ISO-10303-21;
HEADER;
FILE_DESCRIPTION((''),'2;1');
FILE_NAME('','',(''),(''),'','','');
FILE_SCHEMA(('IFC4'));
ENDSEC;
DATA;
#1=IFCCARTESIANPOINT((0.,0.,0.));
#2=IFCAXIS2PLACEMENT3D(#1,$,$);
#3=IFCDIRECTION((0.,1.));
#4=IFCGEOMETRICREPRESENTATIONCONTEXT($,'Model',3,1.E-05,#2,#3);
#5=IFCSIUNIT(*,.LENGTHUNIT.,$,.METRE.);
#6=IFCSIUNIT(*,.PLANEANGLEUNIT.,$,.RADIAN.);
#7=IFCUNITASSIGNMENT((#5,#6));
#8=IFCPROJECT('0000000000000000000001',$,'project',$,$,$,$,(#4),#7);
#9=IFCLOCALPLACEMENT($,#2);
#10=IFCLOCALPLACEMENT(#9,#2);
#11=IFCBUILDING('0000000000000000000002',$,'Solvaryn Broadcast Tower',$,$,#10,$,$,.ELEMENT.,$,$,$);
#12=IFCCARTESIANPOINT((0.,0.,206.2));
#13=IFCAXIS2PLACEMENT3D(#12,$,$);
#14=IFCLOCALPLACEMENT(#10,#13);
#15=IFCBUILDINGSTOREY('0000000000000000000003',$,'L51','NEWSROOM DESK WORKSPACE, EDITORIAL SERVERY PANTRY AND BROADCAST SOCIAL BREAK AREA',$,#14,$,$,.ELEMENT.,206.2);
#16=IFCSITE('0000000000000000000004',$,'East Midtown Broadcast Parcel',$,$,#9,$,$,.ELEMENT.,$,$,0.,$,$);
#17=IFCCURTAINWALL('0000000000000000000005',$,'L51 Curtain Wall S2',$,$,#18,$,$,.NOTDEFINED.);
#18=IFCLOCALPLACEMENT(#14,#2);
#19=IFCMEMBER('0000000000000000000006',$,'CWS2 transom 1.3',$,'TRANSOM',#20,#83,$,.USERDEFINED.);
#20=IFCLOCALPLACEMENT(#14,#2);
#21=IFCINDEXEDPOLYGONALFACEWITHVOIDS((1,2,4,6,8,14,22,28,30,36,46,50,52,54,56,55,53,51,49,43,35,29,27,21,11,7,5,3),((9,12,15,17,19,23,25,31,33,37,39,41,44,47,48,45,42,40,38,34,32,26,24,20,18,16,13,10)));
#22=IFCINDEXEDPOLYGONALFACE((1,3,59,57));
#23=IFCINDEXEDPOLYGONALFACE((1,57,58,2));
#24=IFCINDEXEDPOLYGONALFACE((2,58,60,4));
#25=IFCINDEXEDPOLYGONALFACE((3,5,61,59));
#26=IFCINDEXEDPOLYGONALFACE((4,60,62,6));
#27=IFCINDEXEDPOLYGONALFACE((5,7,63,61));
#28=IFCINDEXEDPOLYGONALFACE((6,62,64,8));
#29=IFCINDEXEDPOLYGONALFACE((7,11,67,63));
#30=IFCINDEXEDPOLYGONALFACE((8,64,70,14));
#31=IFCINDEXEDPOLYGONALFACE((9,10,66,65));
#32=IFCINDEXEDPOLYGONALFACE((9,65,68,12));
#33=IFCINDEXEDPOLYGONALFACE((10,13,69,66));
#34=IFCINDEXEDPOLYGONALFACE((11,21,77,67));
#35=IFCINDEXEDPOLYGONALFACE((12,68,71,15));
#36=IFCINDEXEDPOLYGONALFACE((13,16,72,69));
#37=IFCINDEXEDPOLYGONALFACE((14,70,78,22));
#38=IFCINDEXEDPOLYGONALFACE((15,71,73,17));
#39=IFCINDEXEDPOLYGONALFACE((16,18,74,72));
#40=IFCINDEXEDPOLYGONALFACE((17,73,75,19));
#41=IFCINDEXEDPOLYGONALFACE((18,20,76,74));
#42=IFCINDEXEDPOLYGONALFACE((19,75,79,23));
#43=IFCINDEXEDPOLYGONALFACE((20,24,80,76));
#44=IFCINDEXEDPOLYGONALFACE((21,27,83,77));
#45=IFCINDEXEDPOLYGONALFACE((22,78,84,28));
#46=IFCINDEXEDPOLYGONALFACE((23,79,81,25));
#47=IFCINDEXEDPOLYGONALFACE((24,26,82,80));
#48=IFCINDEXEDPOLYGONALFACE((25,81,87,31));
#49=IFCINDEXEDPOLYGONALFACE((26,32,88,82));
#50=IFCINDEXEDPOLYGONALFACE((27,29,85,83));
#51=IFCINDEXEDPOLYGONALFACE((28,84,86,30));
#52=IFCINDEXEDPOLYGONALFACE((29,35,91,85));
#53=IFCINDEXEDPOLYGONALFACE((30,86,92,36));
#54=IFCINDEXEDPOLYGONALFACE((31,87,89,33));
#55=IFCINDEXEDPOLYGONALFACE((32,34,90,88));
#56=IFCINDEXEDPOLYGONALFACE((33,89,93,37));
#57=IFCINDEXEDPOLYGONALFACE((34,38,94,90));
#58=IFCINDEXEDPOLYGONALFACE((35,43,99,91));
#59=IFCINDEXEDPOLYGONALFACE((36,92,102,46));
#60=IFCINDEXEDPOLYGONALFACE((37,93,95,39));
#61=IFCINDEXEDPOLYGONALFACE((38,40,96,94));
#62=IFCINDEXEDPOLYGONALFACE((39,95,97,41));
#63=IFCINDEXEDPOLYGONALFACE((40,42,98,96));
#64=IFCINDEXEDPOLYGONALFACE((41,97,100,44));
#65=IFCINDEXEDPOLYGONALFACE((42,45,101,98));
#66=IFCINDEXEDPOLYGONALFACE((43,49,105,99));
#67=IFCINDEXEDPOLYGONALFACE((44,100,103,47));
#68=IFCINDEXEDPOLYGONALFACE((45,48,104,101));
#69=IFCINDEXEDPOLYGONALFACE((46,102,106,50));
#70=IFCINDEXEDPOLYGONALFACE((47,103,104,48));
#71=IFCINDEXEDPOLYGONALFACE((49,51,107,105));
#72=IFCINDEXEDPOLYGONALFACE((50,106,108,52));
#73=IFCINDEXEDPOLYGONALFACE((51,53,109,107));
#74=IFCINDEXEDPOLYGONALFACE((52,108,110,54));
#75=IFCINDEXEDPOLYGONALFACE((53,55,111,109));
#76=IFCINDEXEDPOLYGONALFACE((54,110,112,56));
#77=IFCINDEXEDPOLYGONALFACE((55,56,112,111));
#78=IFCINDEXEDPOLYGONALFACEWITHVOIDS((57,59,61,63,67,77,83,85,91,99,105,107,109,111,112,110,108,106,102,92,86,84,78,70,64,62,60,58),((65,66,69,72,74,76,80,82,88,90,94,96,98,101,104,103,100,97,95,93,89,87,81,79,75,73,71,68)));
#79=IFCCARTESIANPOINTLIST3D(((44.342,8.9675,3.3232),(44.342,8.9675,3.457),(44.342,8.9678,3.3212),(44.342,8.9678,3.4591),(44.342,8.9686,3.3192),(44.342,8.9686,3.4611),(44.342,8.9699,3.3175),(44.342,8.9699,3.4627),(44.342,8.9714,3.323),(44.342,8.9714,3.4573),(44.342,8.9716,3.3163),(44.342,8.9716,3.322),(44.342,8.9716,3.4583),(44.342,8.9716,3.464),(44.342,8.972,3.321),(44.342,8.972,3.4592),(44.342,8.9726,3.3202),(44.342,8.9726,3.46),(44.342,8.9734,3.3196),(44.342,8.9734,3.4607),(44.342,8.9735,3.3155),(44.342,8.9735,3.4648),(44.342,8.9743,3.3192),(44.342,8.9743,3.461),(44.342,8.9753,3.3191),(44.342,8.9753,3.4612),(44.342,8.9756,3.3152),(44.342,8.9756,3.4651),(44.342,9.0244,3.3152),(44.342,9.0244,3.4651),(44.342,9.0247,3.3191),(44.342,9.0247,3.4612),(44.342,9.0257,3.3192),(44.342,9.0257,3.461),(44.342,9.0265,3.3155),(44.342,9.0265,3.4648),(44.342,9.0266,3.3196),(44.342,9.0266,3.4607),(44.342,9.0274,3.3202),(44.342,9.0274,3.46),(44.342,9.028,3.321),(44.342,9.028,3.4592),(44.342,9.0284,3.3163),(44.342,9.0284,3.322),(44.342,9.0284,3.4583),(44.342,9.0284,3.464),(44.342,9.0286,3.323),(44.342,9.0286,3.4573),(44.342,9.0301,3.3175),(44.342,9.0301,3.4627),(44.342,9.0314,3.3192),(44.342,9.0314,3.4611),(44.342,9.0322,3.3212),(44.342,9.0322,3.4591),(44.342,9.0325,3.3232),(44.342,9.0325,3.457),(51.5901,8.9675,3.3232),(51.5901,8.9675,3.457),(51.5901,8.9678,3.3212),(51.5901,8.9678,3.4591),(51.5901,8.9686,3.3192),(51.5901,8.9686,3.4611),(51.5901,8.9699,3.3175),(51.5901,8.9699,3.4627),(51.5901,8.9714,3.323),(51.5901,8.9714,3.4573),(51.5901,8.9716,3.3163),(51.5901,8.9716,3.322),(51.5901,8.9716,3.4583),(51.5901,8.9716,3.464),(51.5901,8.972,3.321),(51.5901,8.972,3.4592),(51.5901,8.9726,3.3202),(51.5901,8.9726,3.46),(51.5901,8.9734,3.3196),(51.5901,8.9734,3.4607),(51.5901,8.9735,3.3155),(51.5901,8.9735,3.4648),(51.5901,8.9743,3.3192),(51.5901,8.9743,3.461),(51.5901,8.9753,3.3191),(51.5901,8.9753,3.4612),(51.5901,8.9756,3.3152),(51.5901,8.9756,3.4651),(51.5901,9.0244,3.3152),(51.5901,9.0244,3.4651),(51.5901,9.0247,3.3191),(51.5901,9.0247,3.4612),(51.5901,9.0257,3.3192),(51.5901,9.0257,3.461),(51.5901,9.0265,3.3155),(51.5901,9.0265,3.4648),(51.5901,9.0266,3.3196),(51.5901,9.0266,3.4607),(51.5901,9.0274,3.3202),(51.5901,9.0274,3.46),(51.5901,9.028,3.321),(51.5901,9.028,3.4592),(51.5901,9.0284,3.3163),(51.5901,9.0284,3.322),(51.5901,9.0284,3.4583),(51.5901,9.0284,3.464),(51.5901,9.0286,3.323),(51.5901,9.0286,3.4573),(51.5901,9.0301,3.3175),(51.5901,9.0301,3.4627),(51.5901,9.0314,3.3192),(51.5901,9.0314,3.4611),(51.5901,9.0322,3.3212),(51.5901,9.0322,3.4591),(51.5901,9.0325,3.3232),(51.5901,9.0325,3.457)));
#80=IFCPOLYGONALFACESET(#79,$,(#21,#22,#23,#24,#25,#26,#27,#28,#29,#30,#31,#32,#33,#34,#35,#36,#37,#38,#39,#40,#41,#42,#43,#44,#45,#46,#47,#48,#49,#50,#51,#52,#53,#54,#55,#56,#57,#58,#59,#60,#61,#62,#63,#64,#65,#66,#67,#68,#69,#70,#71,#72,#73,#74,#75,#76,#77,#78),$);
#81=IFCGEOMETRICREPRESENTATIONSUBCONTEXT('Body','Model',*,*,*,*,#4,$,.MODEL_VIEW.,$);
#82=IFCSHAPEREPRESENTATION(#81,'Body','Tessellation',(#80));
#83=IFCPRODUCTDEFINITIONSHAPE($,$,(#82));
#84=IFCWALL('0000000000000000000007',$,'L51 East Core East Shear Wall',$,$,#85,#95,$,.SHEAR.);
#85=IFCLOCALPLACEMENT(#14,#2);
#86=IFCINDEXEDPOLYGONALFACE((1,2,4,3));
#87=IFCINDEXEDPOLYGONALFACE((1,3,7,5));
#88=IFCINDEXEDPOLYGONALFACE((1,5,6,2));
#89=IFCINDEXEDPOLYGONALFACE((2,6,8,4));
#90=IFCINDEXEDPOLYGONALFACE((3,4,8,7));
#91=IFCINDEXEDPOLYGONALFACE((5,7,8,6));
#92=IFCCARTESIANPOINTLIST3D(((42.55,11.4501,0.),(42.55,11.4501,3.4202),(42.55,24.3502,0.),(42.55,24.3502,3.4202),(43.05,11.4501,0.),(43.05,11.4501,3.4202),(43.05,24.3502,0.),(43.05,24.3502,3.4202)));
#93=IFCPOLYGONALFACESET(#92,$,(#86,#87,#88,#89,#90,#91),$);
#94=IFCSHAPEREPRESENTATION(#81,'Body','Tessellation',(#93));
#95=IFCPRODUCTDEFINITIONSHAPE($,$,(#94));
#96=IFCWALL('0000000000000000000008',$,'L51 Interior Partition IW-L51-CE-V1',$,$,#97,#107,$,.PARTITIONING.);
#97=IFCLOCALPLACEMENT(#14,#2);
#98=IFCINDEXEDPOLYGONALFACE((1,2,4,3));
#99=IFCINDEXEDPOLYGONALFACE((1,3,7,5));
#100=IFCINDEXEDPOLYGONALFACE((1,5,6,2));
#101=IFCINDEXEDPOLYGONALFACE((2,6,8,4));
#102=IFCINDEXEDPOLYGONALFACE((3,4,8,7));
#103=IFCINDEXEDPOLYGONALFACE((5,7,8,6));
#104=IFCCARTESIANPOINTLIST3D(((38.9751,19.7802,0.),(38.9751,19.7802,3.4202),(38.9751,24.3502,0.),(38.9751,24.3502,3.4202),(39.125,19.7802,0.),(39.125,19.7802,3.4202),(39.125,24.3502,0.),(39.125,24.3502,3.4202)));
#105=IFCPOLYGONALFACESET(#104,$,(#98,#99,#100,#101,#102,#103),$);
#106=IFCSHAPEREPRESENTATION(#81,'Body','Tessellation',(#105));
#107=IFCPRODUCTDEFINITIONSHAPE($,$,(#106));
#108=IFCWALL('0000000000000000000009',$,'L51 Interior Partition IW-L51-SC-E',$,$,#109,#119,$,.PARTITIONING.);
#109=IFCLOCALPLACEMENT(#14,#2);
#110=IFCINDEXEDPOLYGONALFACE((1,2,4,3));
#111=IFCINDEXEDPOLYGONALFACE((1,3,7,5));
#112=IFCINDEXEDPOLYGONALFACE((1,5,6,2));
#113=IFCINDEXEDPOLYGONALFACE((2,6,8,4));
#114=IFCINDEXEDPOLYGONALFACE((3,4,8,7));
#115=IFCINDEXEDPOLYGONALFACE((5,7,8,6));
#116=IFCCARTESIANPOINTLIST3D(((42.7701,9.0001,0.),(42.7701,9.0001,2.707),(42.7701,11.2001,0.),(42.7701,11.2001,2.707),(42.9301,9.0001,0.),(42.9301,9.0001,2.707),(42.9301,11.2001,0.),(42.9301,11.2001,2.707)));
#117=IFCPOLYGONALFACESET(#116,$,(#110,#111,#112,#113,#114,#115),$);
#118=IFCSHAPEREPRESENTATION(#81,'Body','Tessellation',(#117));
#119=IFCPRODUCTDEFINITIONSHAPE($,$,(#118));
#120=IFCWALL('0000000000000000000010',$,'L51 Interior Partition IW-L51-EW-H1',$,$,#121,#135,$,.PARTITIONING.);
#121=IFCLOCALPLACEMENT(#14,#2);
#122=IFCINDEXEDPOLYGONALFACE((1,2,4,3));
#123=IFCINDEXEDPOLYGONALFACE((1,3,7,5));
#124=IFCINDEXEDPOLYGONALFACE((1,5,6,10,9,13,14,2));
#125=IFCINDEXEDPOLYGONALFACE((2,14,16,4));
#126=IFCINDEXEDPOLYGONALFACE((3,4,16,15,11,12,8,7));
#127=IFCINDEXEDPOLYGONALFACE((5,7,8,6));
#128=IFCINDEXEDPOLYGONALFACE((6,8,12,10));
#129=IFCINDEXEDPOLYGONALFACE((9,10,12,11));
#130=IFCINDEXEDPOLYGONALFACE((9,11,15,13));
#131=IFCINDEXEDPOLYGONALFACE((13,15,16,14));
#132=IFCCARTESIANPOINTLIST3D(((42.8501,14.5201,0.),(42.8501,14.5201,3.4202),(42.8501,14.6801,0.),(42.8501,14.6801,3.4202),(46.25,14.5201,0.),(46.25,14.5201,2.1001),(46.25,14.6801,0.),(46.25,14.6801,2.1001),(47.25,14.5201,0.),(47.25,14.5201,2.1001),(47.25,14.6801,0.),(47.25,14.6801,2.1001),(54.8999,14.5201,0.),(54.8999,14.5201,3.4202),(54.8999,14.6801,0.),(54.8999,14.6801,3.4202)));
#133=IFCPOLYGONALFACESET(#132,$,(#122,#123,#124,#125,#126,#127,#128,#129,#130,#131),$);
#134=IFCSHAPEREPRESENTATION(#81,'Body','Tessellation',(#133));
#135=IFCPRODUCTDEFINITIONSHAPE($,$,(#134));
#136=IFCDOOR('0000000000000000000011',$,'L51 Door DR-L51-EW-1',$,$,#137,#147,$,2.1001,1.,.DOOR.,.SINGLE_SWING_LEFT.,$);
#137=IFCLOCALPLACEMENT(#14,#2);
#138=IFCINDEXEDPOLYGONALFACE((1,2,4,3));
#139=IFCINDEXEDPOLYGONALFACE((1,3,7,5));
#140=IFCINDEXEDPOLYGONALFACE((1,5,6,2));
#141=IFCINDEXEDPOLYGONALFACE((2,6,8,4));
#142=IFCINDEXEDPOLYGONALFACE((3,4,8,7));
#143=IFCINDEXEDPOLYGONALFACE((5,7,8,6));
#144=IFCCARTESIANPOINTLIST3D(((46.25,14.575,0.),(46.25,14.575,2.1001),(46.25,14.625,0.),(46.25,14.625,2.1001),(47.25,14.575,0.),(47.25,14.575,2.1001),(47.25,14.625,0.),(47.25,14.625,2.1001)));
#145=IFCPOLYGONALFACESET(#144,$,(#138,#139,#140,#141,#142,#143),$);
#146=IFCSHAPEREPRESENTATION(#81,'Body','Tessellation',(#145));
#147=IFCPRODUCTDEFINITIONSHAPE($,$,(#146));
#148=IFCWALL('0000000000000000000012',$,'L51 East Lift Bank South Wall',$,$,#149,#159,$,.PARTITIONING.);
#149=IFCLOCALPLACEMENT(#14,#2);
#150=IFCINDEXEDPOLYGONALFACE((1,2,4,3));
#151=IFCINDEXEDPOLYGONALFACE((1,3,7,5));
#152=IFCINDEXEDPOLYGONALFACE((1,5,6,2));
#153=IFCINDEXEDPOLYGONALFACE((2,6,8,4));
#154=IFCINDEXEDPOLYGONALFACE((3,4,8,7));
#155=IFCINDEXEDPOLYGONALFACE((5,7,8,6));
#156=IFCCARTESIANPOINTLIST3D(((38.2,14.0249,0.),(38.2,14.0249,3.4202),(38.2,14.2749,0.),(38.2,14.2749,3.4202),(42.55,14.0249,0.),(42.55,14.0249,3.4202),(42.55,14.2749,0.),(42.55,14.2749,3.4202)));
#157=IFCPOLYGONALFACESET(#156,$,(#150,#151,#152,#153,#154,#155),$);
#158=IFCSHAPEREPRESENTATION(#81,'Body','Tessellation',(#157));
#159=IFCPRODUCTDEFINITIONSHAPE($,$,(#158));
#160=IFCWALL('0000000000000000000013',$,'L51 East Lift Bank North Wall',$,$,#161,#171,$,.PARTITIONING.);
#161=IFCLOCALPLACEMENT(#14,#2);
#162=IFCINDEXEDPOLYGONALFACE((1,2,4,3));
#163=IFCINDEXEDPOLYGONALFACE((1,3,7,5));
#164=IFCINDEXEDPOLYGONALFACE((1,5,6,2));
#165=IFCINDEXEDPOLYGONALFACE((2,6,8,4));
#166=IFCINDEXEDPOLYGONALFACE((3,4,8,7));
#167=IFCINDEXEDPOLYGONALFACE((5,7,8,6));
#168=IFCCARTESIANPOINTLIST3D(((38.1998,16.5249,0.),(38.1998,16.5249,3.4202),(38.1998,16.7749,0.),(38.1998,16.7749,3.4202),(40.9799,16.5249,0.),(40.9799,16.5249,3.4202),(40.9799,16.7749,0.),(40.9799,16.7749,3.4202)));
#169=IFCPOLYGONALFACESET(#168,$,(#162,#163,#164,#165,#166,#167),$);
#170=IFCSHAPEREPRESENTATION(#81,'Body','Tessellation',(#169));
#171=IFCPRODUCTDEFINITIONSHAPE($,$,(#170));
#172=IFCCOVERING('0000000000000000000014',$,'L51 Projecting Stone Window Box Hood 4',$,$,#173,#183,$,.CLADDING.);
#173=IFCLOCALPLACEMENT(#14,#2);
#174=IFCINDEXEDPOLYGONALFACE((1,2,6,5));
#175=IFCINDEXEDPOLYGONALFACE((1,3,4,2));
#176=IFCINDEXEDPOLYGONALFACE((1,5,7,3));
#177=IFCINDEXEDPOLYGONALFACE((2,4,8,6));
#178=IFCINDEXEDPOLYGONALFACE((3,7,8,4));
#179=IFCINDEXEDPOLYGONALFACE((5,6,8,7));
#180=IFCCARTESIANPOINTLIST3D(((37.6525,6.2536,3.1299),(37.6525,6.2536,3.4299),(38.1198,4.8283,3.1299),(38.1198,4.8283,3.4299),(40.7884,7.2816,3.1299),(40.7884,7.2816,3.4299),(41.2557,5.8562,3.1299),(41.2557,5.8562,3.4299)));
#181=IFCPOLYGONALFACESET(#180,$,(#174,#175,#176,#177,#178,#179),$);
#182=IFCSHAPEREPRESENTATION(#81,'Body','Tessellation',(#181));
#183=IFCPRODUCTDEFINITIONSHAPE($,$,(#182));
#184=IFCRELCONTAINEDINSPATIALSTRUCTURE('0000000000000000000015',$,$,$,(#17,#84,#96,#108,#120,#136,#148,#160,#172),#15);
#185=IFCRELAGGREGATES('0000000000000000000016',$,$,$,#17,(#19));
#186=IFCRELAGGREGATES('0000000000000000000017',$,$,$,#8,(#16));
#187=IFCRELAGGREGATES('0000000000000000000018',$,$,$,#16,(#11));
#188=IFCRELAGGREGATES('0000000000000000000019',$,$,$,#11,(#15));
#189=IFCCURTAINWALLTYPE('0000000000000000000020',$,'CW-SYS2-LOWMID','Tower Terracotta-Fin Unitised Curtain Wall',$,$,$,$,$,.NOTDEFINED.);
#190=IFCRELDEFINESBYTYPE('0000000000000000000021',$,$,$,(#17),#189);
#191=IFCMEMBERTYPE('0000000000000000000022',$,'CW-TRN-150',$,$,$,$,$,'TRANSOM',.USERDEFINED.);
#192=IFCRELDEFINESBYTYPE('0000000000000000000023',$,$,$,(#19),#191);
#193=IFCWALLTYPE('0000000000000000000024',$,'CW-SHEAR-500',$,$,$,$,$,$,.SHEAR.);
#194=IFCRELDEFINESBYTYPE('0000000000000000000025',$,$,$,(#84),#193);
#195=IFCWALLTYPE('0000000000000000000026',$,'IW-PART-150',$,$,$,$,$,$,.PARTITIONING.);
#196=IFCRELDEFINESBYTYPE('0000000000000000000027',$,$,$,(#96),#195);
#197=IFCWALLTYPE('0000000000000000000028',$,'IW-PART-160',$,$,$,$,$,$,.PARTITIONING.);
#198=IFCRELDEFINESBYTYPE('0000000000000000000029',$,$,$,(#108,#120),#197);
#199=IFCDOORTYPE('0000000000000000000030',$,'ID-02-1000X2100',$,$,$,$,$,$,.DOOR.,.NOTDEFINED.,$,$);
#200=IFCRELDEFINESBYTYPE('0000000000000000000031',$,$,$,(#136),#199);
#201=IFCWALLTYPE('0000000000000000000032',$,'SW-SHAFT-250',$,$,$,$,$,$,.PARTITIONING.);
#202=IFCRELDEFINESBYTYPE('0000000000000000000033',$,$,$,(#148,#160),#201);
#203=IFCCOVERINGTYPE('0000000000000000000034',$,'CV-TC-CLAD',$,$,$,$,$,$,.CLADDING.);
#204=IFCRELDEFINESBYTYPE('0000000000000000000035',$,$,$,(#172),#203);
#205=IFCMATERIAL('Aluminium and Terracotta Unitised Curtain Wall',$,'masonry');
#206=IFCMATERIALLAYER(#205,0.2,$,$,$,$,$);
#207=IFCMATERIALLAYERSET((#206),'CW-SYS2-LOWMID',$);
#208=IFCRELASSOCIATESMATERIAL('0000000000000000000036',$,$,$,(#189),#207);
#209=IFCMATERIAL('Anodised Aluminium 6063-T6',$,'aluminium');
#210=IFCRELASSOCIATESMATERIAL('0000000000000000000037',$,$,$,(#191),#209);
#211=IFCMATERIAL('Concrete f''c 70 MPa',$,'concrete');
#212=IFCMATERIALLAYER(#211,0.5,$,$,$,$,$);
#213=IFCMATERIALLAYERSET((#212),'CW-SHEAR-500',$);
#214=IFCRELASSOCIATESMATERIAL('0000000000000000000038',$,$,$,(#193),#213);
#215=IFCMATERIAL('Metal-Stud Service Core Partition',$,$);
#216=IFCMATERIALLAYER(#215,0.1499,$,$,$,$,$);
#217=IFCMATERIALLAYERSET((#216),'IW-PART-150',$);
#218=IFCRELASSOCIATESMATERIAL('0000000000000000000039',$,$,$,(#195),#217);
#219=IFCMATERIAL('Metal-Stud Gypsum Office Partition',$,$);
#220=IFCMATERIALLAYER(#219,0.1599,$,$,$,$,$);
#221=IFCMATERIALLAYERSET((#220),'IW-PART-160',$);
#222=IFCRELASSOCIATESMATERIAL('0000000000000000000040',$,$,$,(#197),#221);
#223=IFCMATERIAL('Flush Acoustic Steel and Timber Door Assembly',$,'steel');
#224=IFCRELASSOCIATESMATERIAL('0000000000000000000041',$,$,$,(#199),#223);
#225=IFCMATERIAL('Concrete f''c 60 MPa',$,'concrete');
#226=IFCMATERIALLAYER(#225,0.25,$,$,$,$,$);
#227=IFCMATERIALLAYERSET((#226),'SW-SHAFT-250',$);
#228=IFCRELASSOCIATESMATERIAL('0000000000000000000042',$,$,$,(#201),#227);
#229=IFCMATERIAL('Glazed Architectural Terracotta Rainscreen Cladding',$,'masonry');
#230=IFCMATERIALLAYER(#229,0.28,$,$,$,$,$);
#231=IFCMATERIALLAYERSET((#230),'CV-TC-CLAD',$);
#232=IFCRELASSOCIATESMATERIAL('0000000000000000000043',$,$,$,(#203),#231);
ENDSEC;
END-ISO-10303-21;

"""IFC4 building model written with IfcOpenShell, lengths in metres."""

from ifc_helpers import new_model, si_unit, direction, frame, frame_2d, origin, origin_2d, place, context, subcontext, project, spatial, rectangle, hollow_rectangle, extrude, material, layer, layer_set, material_profile, profile_set, type_object, element, fill, aggregate, save


model = new_model("IFC4")

# Units and contexts
model_context = context("Model", 3, precision=1e-05, world=origin(), true_north=direction((0.0, 1.0)))
body_context = subcontext(model_context, "Body", "Model", "MODEL_VIEW")
ifc_project = project(units=[si_unit("LENGTHUNIT", "METRE"), si_unit("PLANEANGLEUNIT", "RADIAN")], contexts=[model_context])

# Site, building, storey
site_placement = place(None, origin())
site = spatial("IfcSite", under=ifc_project, at=site_placement, Name="East Midtown Broadcast Parcel", CompositionType="ELEMENT", RefElevation=0.0)
building_placement = place(site_placement, origin())
building = spatial("IfcBuilding", under=site, at=building_placement, Name="Solvaryn Broadcast Tower", CompositionType="ELEMENT")
storey_placement = place(building_placement, frame((0.0, 0.0, 206.2)))
storey = spatial("IfcBuildingStorey", under=building, at=storey_placement, Name="L51", Description="NEWSROOM DESK WORKSPACE, EDITORIAL SERVERY PANTRY AND BROADCAST SOCIAL BREAK AREA", CompositionType="ELEMENT", Elevation=206.2)

# Shared definitions
ifc_material_1 = material(Name="Aluminium and Terracotta Unitised Curtain Wall", Category="masonry")
ifc_layer_1 = layer(ifc_material_1, 0.2)
ifc_layer_set_1 = layer_set([ifc_layer_1], Name="CW-SYS2-LOWMID")
curtain_wall_type = type_object("IfcCurtainWallType", Name="CW-SYS2-LOWMID", Description="Tower Terracotta-Fin Unitised Curtain Wall", PredefinedType="NOTDEFINED", material=ifc_layer_set_1)

# Curtain wall, member
curtain_wall_1_placement = place(storey_placement, origin())
curtain_wall_1 = element("IfcCurtainWall", 1, at=curtain_wall_1_placement, inside=storey, type_object=curtain_wall_type, Name="L51 Curtain Wall S2", PredefinedType="NOTDEFINED")
ifc_material_2 = material(Name="Anodised Aluminium 6063-T6", Category="aluminium")
ifc_material_profile_1 = material_profile(ifc_material_2, hollow_rectangle(XDim=0.0649, YDim=0.1499, WallThickness=0.0039, InnerFilletRadius=0.0039, OuterFilletRadius=0.0081, at=origin_2d()))
ifc_profile_set_1 = profile_set([ifc_material_profile_1], Name="Anodised Aluminium 6063-T6")
member_type_1 = type_object("IfcMemberType", Name="CW-TRN-150", ElementType="TRANSOM", PredefinedType="USERDEFINED", material=ifc_profile_set_1)
member_1_placement = place(storey_placement, frame((44.342, 9.0, 3.3901), z_axis=(1.0, 0.0, 0.0), x_axis=(0.0, 1.0, 0.0)))
member_1 = element("IfcMember", 2, at=member_1_placement, type_object=member_type_1, Name="CWS2 transom 1.3", ObjectType="TRANSOM", PredefinedType="USERDEFINED", context=body_context, shape_type="SweptSolid", body=[
    extrude(hollow_rectangle(XDim=0.0649, YDim=0.1499, WallThickness=0.0039, InnerFilletRadius=0.0039, OuterFilletRadius=0.0081, at=origin_2d()), origin(), (0.0, 0.0, 1.0), 7.248),
])
aggregate(curtain_wall_1, [member_1])

# Walls
ifc_material_3 = material(Name="Concrete f'c 70 MPa", Category="concrete")
ifc_layer_2 = layer(ifc_material_3, 0.5)
ifc_layer_set_2 = layer_set([ifc_layer_2], Name="CW-SHEAR-500")
wall_type_1 = type_object("IfcWallType", Name="CW-SHEAR-500", PredefinedType="SHEAR", material=ifc_layer_set_2)
wall_1_placement = place(storey_placement, frame((42.8, 11.45, 0.0), z_axis=(0.0, 0.0, 1.0), x_axis=(0.0, 1.0, 0.0)))
element("IfcWall", 3, at=wall_1_placement, inside=storey, type_object=wall_type_1, Name="L51 East Core East Shear Wall", PredefinedType="SHEAR", context=body_context, shape_type="SweptSolid", body=[
    extrude(rectangle(XDim=12.9001, YDim=0.5, at=frame_2d((6.4502, 0.0))), origin(), (0.0, 0.0, 1.0), 3.4202),
])
ifc_material_4 = material(Name="Metal-Stud Service Core Partition")
ifc_layer_3 = layer(ifc_material_4, 0.1499)
ifc_layer_set_3 = layer_set([ifc_layer_3], Name="IW-PART-150")
wall_type_2 = type_object("IfcWallType", Name="IW-PART-150", PredefinedType="PARTITIONING", material=ifc_layer_set_3)
wall_2_placement = place(storey_placement, frame((39.05, 19.78, 0.0), z_axis=(0.0, 0.0, 1.0), x_axis=(0.0, 1.0, 0.0)))
element("IfcWall", 4, at=wall_2_placement, inside=storey, type_object=wall_type_2, Name="L51 Interior Partition IW-L51-CE-V1", PredefinedType="PARTITIONING", context=body_context, shape_type="SweptSolid", body=[
    extrude(rectangle(XDim=4.5701, YDim=0.1499, at=frame_2d((2.2852, 0.0))), origin(), (0.0, 0.0, 1.0), 3.4202),
])
ifc_material_5 = material(Name="Metal-Stud Gypsum Office Partition")
ifc_layer_4 = layer(ifc_material_5, 0.1599)
ifc_layer_set_4 = layer_set([ifc_layer_4], Name="IW-PART-160")
wall_type_3 = type_object("IfcWallType", Name="IW-PART-160", PredefinedType="PARTITIONING", material=ifc_layer_set_4)
wall_3_placement = place(storey_placement, frame((42.8501, 9.0, 0.0), z_axis=(0.0, 0.0, 1.0), x_axis=(0.0, 1.0, 0.0)))
element("IfcWall", 5, at=wall_3_placement, inside=storey, type_object=wall_type_3, Name="L51 Interior Partition IW-L51-SC-E", PredefinedType="PARTITIONING", context=body_context, shape_type="SweptSolid", body=[
    extrude(rectangle(XDim=2.2, YDim=0.1599, at=frame_2d((1.1001, 0.0))), origin(), (0.0, 0.0, 1.0), 2.707),
])

# Wall, opening, door
wall_4_placement = place(storey_placement, frame((42.8501, 14.6001, 0.0), z_axis=(0.0, 0.0, 1.0), x_axis=(1.0, 0.0, 0.0)))
wall_4 = element("IfcWall", 6, at=wall_4_placement, inside=storey, type_object=wall_type_3, Name="L51 Interior Partition IW-L51-EW-H1", PredefinedType="PARTITIONING", context=body_context, shape_type="SweptSolid", body=[
    extrude(rectangle(XDim=12.0498, YDim=0.1599, at=frame_2d((6.0249, 0.0))), origin(), (0.0, 0.0, 1.0), 3.4202),
])
opening_placement = place(wall_4_placement, frame((3.3999, 0.0, 0.0)))
opening = element("IfcOpeningElement", 7, at=opening_placement, cuts=wall_4, PredefinedType="OPENING", context=body_context, shape_type="SweptSolid", body=[
    extrude(rectangle(XDim=1.0, YDim=2.1001, at=frame_2d((0.5, 1.05))), frame((0.0, 0.0901, 0.0), z_axis=(0.0, -1.0, 0.0), x_axis=(1.0, 0.0, 0.0)), (0.0, 0.0, 1.0), 0.1799),
])
ifc_material_6 = material(Name="Flush Acoustic Steel and Timber Door Assembly", Category="steel")
door_type = type_object("IfcDoorType", Name="ID-02-1000X2100", OperationType="NOTDEFINED", PredefinedType="DOOR", material=ifc_material_6)
door_placement = place(opening_placement, origin())
door = element("IfcDoor", 8, at=door_placement, inside=storey, type_object=door_type, Name="L51 Door DR-L51-EW-1", OperationType="SINGLE_SWING_LEFT", OverallHeight=2.1001, OverallWidth=1.0, PredefinedType="DOOR", context=body_context, shape_type="SweptSolid", body=[
    extrude(rectangle(XDim=1.0, YDim=2.1001, at=frame_2d((0.5, 1.05))), frame((0.0, 0.0249, 0.0), z_axis=(0.0, -1.0, 0.0), x_axis=(1.0, 0.0, 0.0)), (0.0, 0.0, 1.0), 0.05),
])
fill(opening, door)

# Walls
ifc_material_7 = material(Name="Concrete f'c 60 MPa", Category="concrete")
ifc_layer_5 = layer(ifc_material_7, 0.25)
ifc_layer_set_5 = layer_set([ifc_layer_5], Name="SW-SHAFT-250")
wall_type_4 = type_object("IfcWallType", Name="SW-SHAFT-250", PredefinedType="PARTITIONING", material=ifc_layer_set_5)
wall_5_placement = place(storey_placement, frame((38.2, 14.1499, 0.0), z_axis=(0.0, 0.0, 1.0), x_axis=(1.0, 0.0, 0.0)))
element("IfcWall", 9, at=wall_5_placement, inside=storey, type_object=wall_type_4, Name="L51 East Lift Bank South Wall", PredefinedType="PARTITIONING", context=body_context, shape_type="SweptSolid", body=[
    extrude(rectangle(XDim=4.3501, YDim=0.25, at=frame_2d((2.175, 0.0))), origin(), (0.0, 0.0, 1.0), 3.4202),
])
wall_6_placement = place(storey_placement, frame((40.98, 16.6499, 0.0), z_axis=(0.0, 0.0, 1.0), x_axis=(-1.0, 0.0, 0.0)))
element("IfcWall", 10, at=wall_6_placement, inside=storey, type_object=wall_type_4, Name="L51 East Lift Bank North Wall", PredefinedType="PARTITIONING", context=body_context, shape_type="SweptSolid", body=[
    extrude(rectangle(XDim=2.78, YDim=0.25, at=frame_2d((1.3901, 0.0))), origin(), (0.0, 0.0, 1.0), 3.4202),
])

# Covering
ifc_material_8 = material(Name="Glazed Architectural Terracotta Rainscreen Cladding", Category="masonry")
ifc_layer_6 = layer(ifc_material_8, 0.28)
ifc_layer_set_6 = layer_set([ifc_layer_6], Name="CV-TC-CLAD")
covering_type_1 = type_object("IfcCoveringType", Name="CV-TC-CLAD", PredefinedType="CLADDING", material=ifc_layer_set_6)
for number, where, z_axis, x_axis, name in (
    (11, (39.4541, 6.0549, 3.1299), (0.0, 0.0, 1.0), (0.950244, 0.311506, 0.0), "L51 Projecting Stone Window Box Hood 4"),
):
    element("IfcCovering", number, at=place(storey_placement, frame(where, z_axis=z_axis, x_axis=x_axis)), inside=storey, type_object=covering_type_1, Name=name, PredefinedType="CLADDING", context=body_context, shape_type="SweptSolid", body=[
        extrude(rectangle(XDim=3.3, YDim=1.5, at=origin_2d()), origin(), (0.0, 0.0, 1.0), 0.3),
    ])

save(model, "model.ifc")
